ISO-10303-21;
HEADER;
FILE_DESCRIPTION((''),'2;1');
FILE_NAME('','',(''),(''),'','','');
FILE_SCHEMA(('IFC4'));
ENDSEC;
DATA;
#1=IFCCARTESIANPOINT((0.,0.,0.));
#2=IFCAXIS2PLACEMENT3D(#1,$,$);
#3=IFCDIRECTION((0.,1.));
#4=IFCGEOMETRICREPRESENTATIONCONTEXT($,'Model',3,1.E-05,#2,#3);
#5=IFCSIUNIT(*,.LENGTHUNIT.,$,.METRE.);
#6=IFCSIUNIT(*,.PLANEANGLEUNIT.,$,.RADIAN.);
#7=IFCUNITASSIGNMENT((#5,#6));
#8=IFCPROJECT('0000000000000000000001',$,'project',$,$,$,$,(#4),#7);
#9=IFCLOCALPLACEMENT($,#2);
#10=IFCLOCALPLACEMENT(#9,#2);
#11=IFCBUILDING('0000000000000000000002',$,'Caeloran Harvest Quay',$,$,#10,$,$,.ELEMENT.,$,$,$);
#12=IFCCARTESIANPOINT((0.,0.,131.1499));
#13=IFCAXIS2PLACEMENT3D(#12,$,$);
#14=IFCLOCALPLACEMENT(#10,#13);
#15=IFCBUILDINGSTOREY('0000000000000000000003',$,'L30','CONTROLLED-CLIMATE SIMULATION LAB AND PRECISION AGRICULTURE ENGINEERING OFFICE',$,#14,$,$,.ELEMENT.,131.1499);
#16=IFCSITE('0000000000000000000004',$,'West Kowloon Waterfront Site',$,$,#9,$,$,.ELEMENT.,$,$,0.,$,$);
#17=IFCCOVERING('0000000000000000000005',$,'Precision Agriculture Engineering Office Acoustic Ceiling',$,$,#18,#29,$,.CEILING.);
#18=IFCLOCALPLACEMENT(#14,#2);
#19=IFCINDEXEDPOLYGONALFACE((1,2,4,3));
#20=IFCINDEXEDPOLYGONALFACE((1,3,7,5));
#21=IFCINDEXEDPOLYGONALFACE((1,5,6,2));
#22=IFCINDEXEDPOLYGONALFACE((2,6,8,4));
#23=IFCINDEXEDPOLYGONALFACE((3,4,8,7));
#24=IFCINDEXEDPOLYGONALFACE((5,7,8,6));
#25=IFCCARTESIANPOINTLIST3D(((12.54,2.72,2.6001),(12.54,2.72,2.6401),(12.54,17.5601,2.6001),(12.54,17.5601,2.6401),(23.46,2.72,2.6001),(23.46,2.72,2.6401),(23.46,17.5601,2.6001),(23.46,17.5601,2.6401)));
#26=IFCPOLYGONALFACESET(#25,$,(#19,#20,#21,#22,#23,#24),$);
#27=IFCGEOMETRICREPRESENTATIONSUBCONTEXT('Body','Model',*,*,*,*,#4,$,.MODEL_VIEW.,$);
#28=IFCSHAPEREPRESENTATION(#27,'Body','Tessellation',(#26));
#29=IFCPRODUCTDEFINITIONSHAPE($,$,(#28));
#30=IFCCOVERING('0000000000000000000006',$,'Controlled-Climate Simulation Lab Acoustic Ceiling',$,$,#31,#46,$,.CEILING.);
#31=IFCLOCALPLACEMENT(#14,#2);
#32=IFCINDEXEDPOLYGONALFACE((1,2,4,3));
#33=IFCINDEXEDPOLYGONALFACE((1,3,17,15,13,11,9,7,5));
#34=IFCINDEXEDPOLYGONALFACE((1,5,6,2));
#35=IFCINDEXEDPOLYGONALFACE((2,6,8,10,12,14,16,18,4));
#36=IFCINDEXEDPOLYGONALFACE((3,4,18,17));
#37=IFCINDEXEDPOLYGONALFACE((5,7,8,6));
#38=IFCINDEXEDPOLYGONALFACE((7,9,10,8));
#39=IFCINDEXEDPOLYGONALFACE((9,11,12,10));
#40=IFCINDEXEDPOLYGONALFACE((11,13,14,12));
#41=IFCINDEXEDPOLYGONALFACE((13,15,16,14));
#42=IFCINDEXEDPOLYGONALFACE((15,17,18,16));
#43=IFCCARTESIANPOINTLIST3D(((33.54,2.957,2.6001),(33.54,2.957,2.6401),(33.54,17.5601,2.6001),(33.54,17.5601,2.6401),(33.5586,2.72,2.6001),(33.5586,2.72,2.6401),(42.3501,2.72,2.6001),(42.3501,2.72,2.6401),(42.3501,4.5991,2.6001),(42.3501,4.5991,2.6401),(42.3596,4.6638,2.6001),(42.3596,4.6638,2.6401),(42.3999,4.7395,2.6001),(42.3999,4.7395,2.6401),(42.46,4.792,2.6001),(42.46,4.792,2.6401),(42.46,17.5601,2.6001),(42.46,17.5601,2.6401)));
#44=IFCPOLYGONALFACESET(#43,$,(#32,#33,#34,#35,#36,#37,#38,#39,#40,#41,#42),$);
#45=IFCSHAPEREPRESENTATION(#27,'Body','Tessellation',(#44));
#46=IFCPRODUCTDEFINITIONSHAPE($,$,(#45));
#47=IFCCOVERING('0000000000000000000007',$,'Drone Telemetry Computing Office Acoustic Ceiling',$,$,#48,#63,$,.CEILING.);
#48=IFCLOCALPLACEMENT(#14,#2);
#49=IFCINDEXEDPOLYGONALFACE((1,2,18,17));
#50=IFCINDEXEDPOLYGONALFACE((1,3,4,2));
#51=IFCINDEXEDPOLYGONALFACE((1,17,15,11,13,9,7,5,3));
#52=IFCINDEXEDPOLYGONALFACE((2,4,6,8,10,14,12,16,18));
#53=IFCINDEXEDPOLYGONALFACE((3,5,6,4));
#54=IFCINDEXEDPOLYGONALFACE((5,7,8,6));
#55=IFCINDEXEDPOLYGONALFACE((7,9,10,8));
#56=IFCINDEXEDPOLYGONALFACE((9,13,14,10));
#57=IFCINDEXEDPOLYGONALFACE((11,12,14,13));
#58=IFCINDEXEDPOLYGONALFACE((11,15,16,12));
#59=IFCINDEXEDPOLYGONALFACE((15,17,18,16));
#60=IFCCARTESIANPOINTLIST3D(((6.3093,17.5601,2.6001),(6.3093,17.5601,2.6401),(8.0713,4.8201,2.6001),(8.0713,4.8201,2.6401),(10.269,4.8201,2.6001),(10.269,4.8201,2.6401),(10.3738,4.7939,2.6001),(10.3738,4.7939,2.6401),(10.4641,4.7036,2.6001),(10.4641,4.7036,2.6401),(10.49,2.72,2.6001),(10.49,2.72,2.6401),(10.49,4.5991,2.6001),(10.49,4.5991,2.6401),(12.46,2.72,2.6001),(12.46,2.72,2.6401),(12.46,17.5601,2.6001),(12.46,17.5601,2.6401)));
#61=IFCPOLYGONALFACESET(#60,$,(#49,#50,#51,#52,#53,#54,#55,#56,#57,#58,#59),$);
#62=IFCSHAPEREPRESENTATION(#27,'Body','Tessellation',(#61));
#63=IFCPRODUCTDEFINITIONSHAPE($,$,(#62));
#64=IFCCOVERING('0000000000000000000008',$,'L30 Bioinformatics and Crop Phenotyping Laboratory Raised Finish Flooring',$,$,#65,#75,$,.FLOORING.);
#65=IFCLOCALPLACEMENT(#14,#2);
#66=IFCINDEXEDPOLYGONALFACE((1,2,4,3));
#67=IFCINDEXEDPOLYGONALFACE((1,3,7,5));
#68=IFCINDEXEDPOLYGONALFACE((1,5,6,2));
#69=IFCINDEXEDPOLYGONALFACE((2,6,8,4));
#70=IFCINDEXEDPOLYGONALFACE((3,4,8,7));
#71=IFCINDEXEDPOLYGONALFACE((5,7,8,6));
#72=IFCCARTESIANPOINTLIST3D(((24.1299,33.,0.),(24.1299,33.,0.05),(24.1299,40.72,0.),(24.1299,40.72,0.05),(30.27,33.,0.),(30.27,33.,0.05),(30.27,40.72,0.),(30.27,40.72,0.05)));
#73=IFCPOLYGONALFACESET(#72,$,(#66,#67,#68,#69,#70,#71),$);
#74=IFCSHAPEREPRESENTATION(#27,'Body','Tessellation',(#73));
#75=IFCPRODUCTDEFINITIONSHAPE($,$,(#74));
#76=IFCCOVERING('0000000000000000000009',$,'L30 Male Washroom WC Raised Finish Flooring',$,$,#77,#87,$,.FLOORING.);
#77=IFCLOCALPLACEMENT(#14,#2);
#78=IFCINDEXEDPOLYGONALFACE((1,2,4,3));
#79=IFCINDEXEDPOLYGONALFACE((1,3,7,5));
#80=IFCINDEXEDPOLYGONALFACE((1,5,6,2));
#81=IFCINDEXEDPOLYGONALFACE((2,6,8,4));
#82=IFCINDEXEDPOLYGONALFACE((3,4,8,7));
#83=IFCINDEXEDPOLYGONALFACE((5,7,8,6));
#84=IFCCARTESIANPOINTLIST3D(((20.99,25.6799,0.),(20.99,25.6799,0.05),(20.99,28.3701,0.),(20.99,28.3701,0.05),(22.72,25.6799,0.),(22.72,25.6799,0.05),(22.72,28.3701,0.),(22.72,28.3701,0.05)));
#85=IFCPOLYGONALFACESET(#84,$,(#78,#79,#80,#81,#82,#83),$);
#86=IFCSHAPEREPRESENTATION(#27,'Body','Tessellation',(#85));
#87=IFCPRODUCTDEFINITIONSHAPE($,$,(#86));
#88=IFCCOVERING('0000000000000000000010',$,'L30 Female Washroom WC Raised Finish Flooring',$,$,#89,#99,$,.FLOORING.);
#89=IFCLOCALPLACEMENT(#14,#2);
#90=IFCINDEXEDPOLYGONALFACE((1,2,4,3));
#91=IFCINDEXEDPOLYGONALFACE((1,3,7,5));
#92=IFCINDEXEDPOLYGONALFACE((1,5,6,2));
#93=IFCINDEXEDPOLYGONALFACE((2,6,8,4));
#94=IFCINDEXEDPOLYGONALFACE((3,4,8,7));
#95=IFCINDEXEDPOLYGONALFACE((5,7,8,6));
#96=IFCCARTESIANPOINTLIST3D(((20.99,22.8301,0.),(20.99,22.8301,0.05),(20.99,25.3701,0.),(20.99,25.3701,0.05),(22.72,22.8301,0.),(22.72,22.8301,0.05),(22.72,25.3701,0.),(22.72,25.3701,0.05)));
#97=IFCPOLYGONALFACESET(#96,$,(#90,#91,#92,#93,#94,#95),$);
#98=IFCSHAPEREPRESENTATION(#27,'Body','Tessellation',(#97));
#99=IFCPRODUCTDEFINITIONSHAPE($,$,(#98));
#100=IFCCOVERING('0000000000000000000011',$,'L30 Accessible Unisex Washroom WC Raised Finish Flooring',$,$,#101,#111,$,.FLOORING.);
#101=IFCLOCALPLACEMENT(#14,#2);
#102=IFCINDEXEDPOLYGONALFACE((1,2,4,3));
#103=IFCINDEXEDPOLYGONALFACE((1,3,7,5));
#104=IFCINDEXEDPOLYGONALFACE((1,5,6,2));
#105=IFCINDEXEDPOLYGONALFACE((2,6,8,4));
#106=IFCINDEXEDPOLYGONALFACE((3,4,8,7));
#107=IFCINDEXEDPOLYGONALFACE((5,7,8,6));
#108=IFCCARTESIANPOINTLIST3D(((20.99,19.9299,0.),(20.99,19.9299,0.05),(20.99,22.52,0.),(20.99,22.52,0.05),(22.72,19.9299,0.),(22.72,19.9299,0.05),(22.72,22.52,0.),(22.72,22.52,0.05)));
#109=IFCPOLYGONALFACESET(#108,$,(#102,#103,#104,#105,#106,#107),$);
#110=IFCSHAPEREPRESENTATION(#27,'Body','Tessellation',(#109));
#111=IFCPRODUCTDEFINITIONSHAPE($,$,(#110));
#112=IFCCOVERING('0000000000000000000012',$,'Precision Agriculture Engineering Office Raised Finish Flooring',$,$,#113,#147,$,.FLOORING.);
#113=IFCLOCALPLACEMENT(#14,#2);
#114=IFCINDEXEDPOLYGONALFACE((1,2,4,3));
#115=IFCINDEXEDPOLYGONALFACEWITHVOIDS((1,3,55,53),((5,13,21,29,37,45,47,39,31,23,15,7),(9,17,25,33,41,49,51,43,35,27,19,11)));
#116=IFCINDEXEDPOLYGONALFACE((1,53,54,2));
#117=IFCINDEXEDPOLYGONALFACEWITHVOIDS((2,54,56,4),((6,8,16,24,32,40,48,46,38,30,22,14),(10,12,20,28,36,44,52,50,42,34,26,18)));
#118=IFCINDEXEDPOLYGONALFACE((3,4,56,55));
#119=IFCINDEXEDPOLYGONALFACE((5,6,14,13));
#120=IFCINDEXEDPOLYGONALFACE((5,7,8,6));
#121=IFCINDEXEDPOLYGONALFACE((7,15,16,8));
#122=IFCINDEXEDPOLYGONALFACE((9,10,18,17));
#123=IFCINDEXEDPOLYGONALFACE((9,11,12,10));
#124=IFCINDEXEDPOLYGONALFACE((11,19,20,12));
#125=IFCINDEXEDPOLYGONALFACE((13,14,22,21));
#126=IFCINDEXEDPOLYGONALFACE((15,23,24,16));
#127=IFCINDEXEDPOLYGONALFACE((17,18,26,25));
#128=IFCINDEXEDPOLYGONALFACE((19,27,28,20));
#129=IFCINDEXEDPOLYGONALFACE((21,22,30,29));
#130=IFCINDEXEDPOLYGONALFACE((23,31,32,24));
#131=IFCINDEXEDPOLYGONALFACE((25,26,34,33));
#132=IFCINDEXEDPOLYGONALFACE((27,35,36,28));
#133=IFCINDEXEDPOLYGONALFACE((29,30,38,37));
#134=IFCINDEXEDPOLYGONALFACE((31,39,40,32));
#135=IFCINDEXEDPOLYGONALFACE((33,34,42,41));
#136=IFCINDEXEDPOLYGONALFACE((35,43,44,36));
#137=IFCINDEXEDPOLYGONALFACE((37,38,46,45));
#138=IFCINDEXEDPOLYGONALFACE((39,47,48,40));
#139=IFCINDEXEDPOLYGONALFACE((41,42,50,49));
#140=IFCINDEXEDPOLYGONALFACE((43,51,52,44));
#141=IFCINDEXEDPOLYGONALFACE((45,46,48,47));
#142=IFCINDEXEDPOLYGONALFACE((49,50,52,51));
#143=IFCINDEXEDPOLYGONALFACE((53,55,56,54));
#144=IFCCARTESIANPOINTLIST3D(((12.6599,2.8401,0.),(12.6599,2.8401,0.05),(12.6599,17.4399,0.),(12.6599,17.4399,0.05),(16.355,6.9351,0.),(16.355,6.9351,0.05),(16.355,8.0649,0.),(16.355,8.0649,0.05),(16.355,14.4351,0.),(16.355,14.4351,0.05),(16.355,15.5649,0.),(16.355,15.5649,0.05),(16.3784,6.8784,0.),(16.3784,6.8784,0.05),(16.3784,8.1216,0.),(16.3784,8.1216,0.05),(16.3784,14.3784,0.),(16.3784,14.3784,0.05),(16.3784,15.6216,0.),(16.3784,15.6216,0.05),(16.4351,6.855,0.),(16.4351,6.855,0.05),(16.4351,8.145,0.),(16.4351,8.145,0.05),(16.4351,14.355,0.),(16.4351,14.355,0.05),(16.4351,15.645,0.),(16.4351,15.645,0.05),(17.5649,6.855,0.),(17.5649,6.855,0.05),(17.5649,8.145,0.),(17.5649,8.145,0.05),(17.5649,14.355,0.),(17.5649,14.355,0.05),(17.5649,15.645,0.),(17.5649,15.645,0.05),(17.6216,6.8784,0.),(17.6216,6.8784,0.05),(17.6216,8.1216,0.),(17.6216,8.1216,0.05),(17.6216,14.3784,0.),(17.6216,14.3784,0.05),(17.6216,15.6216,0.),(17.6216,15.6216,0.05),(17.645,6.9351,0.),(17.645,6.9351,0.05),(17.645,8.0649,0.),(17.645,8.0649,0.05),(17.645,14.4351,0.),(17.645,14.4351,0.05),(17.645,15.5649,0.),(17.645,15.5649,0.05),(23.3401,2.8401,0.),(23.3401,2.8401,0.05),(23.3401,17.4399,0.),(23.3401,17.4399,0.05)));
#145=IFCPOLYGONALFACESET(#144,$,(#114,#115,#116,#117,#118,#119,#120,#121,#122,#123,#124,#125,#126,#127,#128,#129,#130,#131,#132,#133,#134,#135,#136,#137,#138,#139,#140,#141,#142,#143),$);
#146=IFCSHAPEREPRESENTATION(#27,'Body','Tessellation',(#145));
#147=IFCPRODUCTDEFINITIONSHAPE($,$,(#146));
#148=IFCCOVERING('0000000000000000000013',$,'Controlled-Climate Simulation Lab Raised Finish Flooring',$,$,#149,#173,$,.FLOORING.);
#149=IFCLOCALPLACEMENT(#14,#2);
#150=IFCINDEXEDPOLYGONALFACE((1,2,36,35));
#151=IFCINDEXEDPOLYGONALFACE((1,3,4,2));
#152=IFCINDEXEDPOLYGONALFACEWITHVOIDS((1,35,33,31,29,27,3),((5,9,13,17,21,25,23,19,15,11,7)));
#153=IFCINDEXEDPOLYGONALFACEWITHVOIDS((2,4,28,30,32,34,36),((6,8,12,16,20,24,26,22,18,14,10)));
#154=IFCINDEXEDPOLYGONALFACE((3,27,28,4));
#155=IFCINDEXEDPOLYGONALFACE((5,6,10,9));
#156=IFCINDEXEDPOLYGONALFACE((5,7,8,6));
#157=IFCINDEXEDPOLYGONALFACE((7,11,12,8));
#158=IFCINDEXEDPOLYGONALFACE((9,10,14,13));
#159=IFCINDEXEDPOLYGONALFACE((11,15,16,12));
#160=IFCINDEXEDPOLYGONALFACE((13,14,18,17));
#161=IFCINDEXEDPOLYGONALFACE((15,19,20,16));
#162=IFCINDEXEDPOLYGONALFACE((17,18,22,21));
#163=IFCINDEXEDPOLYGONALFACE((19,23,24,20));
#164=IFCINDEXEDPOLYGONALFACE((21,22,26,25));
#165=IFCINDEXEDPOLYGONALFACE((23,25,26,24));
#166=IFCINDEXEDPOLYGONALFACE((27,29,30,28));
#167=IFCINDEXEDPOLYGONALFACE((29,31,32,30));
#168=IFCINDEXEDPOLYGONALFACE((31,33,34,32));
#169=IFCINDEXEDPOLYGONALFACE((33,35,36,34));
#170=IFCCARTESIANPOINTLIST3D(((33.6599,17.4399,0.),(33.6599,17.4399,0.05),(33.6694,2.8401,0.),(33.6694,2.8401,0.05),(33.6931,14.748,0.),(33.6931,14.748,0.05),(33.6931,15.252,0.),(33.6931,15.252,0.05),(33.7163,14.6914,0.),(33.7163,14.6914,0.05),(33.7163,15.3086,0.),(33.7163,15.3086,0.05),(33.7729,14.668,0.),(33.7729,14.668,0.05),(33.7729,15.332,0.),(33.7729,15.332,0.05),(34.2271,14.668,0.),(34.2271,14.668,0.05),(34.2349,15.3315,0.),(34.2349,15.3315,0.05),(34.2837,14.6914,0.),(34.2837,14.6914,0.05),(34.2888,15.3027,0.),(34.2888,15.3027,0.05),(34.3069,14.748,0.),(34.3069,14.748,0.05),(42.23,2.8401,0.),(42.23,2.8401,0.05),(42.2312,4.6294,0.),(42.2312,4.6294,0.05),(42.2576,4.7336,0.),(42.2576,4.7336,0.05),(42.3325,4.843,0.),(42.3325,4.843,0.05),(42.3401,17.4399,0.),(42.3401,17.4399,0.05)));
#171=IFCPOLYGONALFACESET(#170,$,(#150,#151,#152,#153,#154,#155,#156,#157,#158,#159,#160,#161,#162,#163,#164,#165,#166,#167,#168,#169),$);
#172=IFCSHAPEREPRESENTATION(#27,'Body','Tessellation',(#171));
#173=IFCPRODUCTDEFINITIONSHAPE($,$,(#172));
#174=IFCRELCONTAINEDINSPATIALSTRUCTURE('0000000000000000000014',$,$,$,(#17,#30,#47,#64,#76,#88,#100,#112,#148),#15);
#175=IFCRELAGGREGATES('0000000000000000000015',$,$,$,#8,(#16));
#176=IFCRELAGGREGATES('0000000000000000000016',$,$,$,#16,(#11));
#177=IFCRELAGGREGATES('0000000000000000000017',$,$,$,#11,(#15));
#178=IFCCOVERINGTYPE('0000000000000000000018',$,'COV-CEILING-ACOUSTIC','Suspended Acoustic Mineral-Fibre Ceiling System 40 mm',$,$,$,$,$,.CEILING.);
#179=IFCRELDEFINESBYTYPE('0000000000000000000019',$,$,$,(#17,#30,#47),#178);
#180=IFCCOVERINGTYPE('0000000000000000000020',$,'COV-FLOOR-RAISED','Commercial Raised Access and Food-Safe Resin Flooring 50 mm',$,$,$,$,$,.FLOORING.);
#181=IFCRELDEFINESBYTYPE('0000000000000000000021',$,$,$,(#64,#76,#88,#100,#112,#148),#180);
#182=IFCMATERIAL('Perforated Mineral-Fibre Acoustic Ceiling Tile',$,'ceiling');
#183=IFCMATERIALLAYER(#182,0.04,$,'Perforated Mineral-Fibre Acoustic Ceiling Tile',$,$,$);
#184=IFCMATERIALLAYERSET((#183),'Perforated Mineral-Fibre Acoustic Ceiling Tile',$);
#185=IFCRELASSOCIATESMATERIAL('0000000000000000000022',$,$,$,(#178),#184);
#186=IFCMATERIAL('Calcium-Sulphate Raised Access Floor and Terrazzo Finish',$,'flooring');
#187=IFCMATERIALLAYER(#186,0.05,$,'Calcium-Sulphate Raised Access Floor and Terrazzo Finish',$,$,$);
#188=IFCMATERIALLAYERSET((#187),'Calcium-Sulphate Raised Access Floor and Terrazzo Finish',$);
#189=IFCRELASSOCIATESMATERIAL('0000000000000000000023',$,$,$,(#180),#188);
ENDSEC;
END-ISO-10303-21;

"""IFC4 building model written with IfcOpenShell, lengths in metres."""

from ifc_helpers import new_model, si_unit, direction, frame, origin, place, context, subcontext, project, spatial, polyline, outline, extrude, material, layer, layer_set, type_object, element, save


model = new_model("IFC4")

# Units and contexts
model_context = context("Model", 3, precision=1e-05, world=origin(), true_north=direction((0.0, 1.0)))
body_context = subcontext(model_context, "Body", "Model", "MODEL_VIEW")
ifc_project = project(units=[si_unit("LENGTHUNIT", "METRE"), si_unit("PLANEANGLEUNIT", "RADIAN")], contexts=[model_context])

# Site, building, storey
site_placement = place(None, origin())
site = spatial("IfcSite", under=ifc_project, at=site_placement, Name="West Kowloon Waterfront Site", CompositionType="ELEMENT", RefElevation=0.0)
building_placement = place(site_placement, origin())
building = spatial("IfcBuilding", under=site, at=building_placement, Name="Caeloran Harvest Quay", CompositionType="ELEMENT")
storey_placement = place(building_placement, frame((0.0, 0.0, 131.1499)))
storey = spatial("IfcBuildingStorey", under=building, at=storey_placement, Name="L30", Description="CONTROLLED-CLIMATE SIMULATION LAB AND PRECISION AGRICULTURE ENGINEERING OFFICE", CompositionType="ELEMENT", Elevation=131.1499)

# Coverings
ifc_material_1 = material(Name="Perforated Mineral-Fibre Acoustic Ceiling Tile", Category="ceiling")
ifc_layer_1 = layer(ifc_material_1, 0.04, Name="Perforated Mineral-Fibre Acoustic Ceiling Tile")
ifc_layer_set_1 = layer_set([ifc_layer_1], Name="Perforated Mineral-Fibre Acoustic Ceiling Tile")
covering_type_1 = type_object("IfcCoveringType", Name="COV-CEILING-ACOUSTIC", Description="Suspended Acoustic Mineral-Fibre Ceiling System 40 mm", PredefinedType="CEILING", material=ifc_layer_set_1)
covering_1_placement = place(storey_placement, frame((0.0, 0.0, 2.6001)))
element("IfcCovering", 1, at=covering_1_placement, inside=storey, type_object=covering_type_1, Name="Precision Agriculture Engineering Office Acoustic Ceiling", PredefinedType="CEILING", context=body_context, shape_type="SweptSolid", body=[
    extrude(outline(polyline([(23.46, 2.72), (12.54, 2.72), (12.54, 17.5601), (23.46, 17.5601), (23.46, 2.72)])), origin(), (0.0, 0.0, 1.0), 0.04),
])
covering_2_placement = place(storey_placement, frame((0.0, 0.0, 2.6001)))
element("IfcCovering", 2, at=covering_2_placement, inside=storey, type_object=covering_type_1, Name="Controlled-Climate Simulation Lab Acoustic Ceiling", PredefinedType="CEILING", context=body_context, shape_type="SweptSolid", body=[
    extrude(outline(polyline([(42.3999, 4.7395), (42.3596, 4.6638), (42.3501, 4.5991), (42.3501, 2.72), (33.5586, 2.72), (33.54, 2.957), (33.54, 17.5601), (42.46, 17.5601), (42.46, 4.792), (42.3999, 4.7395)])), origin(), (0.0, 0.0, 1.0), 0.04),
])
covering_3_placement = place(storey_placement, frame((0.0, 0.0, 2.6001)))
element("IfcCovering", 3, at=covering_3_placement, inside=storey, type_object=covering_type_1, Name="Drone Telemetry Computing Office Acoustic Ceiling", PredefinedType="CEILING", context=body_context, shape_type="SweptSolid", body=[
    extrude(outline(polyline([(10.4641, 4.7036), (10.3738, 4.7939), (10.269, 4.8201), (8.0713, 4.8201), (6.3093, 17.5601), (12.46, 17.5601), (12.46, 2.72), (10.49, 2.72), (10.49, 4.5991), (10.4641, 4.7036)])), origin(), (0.0, 0.0, 1.0), 0.04),
])
ifc_material_2 = material(Name="Calcium-Sulphate Raised Access Floor and Terrazzo Finish", Category="flooring")
ifc_layer_2 = layer(ifc_material_2, 0.05, Name="Calcium-Sulphate Raised Access Floor and Terrazzo Finish")
ifc_layer_set_2 = layer_set([ifc_layer_2], Name="Calcium-Sulphate Raised Access Floor and Terrazzo Finish")
covering_type_2 = type_object("IfcCoveringType", Name="COV-FLOOR-RAISED", Description="Commercial Raised Access and Food-Safe Resin Flooring 50 mm", PredefinedType="FLOORING", material=ifc_layer_set_2)
covering_4_placement = place(storey_placement, origin())
element("IfcCovering", 4, at=covering_4_placement, inside=storey, type_object=covering_type_2, Name="L30 Bioinformatics and Crop Phenotyping Laboratory Raised Finish Flooring", PredefinedType="FLOORING", context=body_context, shape_type="SweptSolid", body=[
    extrude(outline(polyline([(30.27, 40.72), (30.27, 33.0), (24.1299, 33.0), (24.1299, 40.72), (30.27, 40.72)])), origin(), (0.0, 0.0, 1.0), 0.05),
])
covering_5_placement = place(storey_placement, origin())
element("IfcCovering", 5, at=covering_5_placement, inside=storey, type_object=covering_type_2, Name="L30 Male Washroom WC Raised Finish Flooring", PredefinedType="FLOORING", context=body_context, shape_type="SweptSolid", body=[
    extrude(outline(polyline([(22.72, 25.6799), (20.99, 25.6799), (20.99, 28.3701), (22.72, 28.3701), (22.72, 25.6799)])), origin(), (0.0, 0.0, 1.0), 0.05),
])
covering_6_placement = place(storey_placement, origin())
element("IfcCovering", 6, at=covering_6_placement, inside=storey, type_object=covering_type_2, Name="L30 Female Washroom WC Raised Finish Flooring", PredefinedType="FLOORING", context=body_context, shape_type="SweptSolid", body=[
    extrude(outline(polyline([(22.72, 22.8301), (20.99, 22.8301), (20.99, 25.3701), (22.72, 25.3701), (22.72, 22.8301)])), origin(), (0.0, 0.0, 1.0), 0.05),
])
covering_7_placement = place(storey_placement, origin())
element("IfcCovering", 7, at=covering_7_placement, inside=storey, type_object=covering_type_2, Name="L30 Accessible Unisex Washroom WC Raised Finish Flooring", PredefinedType="FLOORING", context=body_context, shape_type="SweptSolid", body=[
    extrude(outline(polyline([(22.72, 19.9299), (20.99, 19.9299), (20.99, 22.52), (22.72, 22.52), (22.72, 19.9299)])), origin(), (0.0, 0.0, 1.0), 0.05),
])
covering_8_placement = place(storey_placement, origin())
element("IfcCovering", 8, at=covering_8_placement, inside=storey, type_object=covering_type_2, Name="Precision Agriculture Engineering Office Raised Finish Flooring", PredefinedType="FLOORING", context=body_context, shape_type="SweptSolid", body=[
    extrude(outline(polyline([(12.6599, 17.4399), (23.3401, 17.4399), (23.3401, 2.8401), (12.6599, 2.8401), (12.6599, 17.4399)]), holes=[polyline([(16.4351, 8.145), (16.3784, 8.1216), (16.355, 8.0649), (16.355, 6.9351), (16.3784, 6.8784), (16.4351, 6.855), (17.5649, 6.855), (17.6216, 6.8784), (17.645, 6.9351), (17.645, 8.0649), (17.6216, 8.1216), (17.5649, 8.145), (16.4351, 8.145)]), polyline([(16.4351, 15.645), (16.3784, 15.6216), (16.355, 15.5649), (16.355, 14.4351), (16.3784, 14.3784), (16.4351, 14.355), (17.5649, 14.355), (17.6216, 14.3784), (17.645, 14.4351), (17.645, 15.5649), (17.6216, 15.6216), (17.5649, 15.645), (16.4351, 15.645)])]), origin(), (0.0, 0.0, 1.0), 0.05),
])
covering_9_placement = place(storey_placement, origin())
element("IfcCovering", 9, at=covering_9_placement, inside=storey, type_object=covering_type_2, Name="Controlled-Climate Simulation Lab Raised Finish Flooring", PredefinedType="FLOORING", context=body_context, shape_type="SweptSolid", body=[
    extrude(outline(polyline([(42.3325, 4.843), (42.2576, 4.7336), (42.2312, 4.6294), (42.23, 2.8401), (33.6694, 2.8401), (33.6599, 17.4399), (42.3401, 17.4399), (42.3325, 4.843)]), holes=[polyline([(34.3069, 14.748), (34.2888, 15.3027), (34.2349, 15.3315), (33.7729, 15.332), (33.7163, 15.3086), (33.6931, 15.252), (33.6931, 14.748), (33.7163, 14.6914), (33.7729, 14.668), (34.2271, 14.668), (34.2837, 14.6914), (34.3069, 14.748)])]), origin(), (0.0, 0.0, 1.0), 0.05),
])

save(model, "model.ifc")
